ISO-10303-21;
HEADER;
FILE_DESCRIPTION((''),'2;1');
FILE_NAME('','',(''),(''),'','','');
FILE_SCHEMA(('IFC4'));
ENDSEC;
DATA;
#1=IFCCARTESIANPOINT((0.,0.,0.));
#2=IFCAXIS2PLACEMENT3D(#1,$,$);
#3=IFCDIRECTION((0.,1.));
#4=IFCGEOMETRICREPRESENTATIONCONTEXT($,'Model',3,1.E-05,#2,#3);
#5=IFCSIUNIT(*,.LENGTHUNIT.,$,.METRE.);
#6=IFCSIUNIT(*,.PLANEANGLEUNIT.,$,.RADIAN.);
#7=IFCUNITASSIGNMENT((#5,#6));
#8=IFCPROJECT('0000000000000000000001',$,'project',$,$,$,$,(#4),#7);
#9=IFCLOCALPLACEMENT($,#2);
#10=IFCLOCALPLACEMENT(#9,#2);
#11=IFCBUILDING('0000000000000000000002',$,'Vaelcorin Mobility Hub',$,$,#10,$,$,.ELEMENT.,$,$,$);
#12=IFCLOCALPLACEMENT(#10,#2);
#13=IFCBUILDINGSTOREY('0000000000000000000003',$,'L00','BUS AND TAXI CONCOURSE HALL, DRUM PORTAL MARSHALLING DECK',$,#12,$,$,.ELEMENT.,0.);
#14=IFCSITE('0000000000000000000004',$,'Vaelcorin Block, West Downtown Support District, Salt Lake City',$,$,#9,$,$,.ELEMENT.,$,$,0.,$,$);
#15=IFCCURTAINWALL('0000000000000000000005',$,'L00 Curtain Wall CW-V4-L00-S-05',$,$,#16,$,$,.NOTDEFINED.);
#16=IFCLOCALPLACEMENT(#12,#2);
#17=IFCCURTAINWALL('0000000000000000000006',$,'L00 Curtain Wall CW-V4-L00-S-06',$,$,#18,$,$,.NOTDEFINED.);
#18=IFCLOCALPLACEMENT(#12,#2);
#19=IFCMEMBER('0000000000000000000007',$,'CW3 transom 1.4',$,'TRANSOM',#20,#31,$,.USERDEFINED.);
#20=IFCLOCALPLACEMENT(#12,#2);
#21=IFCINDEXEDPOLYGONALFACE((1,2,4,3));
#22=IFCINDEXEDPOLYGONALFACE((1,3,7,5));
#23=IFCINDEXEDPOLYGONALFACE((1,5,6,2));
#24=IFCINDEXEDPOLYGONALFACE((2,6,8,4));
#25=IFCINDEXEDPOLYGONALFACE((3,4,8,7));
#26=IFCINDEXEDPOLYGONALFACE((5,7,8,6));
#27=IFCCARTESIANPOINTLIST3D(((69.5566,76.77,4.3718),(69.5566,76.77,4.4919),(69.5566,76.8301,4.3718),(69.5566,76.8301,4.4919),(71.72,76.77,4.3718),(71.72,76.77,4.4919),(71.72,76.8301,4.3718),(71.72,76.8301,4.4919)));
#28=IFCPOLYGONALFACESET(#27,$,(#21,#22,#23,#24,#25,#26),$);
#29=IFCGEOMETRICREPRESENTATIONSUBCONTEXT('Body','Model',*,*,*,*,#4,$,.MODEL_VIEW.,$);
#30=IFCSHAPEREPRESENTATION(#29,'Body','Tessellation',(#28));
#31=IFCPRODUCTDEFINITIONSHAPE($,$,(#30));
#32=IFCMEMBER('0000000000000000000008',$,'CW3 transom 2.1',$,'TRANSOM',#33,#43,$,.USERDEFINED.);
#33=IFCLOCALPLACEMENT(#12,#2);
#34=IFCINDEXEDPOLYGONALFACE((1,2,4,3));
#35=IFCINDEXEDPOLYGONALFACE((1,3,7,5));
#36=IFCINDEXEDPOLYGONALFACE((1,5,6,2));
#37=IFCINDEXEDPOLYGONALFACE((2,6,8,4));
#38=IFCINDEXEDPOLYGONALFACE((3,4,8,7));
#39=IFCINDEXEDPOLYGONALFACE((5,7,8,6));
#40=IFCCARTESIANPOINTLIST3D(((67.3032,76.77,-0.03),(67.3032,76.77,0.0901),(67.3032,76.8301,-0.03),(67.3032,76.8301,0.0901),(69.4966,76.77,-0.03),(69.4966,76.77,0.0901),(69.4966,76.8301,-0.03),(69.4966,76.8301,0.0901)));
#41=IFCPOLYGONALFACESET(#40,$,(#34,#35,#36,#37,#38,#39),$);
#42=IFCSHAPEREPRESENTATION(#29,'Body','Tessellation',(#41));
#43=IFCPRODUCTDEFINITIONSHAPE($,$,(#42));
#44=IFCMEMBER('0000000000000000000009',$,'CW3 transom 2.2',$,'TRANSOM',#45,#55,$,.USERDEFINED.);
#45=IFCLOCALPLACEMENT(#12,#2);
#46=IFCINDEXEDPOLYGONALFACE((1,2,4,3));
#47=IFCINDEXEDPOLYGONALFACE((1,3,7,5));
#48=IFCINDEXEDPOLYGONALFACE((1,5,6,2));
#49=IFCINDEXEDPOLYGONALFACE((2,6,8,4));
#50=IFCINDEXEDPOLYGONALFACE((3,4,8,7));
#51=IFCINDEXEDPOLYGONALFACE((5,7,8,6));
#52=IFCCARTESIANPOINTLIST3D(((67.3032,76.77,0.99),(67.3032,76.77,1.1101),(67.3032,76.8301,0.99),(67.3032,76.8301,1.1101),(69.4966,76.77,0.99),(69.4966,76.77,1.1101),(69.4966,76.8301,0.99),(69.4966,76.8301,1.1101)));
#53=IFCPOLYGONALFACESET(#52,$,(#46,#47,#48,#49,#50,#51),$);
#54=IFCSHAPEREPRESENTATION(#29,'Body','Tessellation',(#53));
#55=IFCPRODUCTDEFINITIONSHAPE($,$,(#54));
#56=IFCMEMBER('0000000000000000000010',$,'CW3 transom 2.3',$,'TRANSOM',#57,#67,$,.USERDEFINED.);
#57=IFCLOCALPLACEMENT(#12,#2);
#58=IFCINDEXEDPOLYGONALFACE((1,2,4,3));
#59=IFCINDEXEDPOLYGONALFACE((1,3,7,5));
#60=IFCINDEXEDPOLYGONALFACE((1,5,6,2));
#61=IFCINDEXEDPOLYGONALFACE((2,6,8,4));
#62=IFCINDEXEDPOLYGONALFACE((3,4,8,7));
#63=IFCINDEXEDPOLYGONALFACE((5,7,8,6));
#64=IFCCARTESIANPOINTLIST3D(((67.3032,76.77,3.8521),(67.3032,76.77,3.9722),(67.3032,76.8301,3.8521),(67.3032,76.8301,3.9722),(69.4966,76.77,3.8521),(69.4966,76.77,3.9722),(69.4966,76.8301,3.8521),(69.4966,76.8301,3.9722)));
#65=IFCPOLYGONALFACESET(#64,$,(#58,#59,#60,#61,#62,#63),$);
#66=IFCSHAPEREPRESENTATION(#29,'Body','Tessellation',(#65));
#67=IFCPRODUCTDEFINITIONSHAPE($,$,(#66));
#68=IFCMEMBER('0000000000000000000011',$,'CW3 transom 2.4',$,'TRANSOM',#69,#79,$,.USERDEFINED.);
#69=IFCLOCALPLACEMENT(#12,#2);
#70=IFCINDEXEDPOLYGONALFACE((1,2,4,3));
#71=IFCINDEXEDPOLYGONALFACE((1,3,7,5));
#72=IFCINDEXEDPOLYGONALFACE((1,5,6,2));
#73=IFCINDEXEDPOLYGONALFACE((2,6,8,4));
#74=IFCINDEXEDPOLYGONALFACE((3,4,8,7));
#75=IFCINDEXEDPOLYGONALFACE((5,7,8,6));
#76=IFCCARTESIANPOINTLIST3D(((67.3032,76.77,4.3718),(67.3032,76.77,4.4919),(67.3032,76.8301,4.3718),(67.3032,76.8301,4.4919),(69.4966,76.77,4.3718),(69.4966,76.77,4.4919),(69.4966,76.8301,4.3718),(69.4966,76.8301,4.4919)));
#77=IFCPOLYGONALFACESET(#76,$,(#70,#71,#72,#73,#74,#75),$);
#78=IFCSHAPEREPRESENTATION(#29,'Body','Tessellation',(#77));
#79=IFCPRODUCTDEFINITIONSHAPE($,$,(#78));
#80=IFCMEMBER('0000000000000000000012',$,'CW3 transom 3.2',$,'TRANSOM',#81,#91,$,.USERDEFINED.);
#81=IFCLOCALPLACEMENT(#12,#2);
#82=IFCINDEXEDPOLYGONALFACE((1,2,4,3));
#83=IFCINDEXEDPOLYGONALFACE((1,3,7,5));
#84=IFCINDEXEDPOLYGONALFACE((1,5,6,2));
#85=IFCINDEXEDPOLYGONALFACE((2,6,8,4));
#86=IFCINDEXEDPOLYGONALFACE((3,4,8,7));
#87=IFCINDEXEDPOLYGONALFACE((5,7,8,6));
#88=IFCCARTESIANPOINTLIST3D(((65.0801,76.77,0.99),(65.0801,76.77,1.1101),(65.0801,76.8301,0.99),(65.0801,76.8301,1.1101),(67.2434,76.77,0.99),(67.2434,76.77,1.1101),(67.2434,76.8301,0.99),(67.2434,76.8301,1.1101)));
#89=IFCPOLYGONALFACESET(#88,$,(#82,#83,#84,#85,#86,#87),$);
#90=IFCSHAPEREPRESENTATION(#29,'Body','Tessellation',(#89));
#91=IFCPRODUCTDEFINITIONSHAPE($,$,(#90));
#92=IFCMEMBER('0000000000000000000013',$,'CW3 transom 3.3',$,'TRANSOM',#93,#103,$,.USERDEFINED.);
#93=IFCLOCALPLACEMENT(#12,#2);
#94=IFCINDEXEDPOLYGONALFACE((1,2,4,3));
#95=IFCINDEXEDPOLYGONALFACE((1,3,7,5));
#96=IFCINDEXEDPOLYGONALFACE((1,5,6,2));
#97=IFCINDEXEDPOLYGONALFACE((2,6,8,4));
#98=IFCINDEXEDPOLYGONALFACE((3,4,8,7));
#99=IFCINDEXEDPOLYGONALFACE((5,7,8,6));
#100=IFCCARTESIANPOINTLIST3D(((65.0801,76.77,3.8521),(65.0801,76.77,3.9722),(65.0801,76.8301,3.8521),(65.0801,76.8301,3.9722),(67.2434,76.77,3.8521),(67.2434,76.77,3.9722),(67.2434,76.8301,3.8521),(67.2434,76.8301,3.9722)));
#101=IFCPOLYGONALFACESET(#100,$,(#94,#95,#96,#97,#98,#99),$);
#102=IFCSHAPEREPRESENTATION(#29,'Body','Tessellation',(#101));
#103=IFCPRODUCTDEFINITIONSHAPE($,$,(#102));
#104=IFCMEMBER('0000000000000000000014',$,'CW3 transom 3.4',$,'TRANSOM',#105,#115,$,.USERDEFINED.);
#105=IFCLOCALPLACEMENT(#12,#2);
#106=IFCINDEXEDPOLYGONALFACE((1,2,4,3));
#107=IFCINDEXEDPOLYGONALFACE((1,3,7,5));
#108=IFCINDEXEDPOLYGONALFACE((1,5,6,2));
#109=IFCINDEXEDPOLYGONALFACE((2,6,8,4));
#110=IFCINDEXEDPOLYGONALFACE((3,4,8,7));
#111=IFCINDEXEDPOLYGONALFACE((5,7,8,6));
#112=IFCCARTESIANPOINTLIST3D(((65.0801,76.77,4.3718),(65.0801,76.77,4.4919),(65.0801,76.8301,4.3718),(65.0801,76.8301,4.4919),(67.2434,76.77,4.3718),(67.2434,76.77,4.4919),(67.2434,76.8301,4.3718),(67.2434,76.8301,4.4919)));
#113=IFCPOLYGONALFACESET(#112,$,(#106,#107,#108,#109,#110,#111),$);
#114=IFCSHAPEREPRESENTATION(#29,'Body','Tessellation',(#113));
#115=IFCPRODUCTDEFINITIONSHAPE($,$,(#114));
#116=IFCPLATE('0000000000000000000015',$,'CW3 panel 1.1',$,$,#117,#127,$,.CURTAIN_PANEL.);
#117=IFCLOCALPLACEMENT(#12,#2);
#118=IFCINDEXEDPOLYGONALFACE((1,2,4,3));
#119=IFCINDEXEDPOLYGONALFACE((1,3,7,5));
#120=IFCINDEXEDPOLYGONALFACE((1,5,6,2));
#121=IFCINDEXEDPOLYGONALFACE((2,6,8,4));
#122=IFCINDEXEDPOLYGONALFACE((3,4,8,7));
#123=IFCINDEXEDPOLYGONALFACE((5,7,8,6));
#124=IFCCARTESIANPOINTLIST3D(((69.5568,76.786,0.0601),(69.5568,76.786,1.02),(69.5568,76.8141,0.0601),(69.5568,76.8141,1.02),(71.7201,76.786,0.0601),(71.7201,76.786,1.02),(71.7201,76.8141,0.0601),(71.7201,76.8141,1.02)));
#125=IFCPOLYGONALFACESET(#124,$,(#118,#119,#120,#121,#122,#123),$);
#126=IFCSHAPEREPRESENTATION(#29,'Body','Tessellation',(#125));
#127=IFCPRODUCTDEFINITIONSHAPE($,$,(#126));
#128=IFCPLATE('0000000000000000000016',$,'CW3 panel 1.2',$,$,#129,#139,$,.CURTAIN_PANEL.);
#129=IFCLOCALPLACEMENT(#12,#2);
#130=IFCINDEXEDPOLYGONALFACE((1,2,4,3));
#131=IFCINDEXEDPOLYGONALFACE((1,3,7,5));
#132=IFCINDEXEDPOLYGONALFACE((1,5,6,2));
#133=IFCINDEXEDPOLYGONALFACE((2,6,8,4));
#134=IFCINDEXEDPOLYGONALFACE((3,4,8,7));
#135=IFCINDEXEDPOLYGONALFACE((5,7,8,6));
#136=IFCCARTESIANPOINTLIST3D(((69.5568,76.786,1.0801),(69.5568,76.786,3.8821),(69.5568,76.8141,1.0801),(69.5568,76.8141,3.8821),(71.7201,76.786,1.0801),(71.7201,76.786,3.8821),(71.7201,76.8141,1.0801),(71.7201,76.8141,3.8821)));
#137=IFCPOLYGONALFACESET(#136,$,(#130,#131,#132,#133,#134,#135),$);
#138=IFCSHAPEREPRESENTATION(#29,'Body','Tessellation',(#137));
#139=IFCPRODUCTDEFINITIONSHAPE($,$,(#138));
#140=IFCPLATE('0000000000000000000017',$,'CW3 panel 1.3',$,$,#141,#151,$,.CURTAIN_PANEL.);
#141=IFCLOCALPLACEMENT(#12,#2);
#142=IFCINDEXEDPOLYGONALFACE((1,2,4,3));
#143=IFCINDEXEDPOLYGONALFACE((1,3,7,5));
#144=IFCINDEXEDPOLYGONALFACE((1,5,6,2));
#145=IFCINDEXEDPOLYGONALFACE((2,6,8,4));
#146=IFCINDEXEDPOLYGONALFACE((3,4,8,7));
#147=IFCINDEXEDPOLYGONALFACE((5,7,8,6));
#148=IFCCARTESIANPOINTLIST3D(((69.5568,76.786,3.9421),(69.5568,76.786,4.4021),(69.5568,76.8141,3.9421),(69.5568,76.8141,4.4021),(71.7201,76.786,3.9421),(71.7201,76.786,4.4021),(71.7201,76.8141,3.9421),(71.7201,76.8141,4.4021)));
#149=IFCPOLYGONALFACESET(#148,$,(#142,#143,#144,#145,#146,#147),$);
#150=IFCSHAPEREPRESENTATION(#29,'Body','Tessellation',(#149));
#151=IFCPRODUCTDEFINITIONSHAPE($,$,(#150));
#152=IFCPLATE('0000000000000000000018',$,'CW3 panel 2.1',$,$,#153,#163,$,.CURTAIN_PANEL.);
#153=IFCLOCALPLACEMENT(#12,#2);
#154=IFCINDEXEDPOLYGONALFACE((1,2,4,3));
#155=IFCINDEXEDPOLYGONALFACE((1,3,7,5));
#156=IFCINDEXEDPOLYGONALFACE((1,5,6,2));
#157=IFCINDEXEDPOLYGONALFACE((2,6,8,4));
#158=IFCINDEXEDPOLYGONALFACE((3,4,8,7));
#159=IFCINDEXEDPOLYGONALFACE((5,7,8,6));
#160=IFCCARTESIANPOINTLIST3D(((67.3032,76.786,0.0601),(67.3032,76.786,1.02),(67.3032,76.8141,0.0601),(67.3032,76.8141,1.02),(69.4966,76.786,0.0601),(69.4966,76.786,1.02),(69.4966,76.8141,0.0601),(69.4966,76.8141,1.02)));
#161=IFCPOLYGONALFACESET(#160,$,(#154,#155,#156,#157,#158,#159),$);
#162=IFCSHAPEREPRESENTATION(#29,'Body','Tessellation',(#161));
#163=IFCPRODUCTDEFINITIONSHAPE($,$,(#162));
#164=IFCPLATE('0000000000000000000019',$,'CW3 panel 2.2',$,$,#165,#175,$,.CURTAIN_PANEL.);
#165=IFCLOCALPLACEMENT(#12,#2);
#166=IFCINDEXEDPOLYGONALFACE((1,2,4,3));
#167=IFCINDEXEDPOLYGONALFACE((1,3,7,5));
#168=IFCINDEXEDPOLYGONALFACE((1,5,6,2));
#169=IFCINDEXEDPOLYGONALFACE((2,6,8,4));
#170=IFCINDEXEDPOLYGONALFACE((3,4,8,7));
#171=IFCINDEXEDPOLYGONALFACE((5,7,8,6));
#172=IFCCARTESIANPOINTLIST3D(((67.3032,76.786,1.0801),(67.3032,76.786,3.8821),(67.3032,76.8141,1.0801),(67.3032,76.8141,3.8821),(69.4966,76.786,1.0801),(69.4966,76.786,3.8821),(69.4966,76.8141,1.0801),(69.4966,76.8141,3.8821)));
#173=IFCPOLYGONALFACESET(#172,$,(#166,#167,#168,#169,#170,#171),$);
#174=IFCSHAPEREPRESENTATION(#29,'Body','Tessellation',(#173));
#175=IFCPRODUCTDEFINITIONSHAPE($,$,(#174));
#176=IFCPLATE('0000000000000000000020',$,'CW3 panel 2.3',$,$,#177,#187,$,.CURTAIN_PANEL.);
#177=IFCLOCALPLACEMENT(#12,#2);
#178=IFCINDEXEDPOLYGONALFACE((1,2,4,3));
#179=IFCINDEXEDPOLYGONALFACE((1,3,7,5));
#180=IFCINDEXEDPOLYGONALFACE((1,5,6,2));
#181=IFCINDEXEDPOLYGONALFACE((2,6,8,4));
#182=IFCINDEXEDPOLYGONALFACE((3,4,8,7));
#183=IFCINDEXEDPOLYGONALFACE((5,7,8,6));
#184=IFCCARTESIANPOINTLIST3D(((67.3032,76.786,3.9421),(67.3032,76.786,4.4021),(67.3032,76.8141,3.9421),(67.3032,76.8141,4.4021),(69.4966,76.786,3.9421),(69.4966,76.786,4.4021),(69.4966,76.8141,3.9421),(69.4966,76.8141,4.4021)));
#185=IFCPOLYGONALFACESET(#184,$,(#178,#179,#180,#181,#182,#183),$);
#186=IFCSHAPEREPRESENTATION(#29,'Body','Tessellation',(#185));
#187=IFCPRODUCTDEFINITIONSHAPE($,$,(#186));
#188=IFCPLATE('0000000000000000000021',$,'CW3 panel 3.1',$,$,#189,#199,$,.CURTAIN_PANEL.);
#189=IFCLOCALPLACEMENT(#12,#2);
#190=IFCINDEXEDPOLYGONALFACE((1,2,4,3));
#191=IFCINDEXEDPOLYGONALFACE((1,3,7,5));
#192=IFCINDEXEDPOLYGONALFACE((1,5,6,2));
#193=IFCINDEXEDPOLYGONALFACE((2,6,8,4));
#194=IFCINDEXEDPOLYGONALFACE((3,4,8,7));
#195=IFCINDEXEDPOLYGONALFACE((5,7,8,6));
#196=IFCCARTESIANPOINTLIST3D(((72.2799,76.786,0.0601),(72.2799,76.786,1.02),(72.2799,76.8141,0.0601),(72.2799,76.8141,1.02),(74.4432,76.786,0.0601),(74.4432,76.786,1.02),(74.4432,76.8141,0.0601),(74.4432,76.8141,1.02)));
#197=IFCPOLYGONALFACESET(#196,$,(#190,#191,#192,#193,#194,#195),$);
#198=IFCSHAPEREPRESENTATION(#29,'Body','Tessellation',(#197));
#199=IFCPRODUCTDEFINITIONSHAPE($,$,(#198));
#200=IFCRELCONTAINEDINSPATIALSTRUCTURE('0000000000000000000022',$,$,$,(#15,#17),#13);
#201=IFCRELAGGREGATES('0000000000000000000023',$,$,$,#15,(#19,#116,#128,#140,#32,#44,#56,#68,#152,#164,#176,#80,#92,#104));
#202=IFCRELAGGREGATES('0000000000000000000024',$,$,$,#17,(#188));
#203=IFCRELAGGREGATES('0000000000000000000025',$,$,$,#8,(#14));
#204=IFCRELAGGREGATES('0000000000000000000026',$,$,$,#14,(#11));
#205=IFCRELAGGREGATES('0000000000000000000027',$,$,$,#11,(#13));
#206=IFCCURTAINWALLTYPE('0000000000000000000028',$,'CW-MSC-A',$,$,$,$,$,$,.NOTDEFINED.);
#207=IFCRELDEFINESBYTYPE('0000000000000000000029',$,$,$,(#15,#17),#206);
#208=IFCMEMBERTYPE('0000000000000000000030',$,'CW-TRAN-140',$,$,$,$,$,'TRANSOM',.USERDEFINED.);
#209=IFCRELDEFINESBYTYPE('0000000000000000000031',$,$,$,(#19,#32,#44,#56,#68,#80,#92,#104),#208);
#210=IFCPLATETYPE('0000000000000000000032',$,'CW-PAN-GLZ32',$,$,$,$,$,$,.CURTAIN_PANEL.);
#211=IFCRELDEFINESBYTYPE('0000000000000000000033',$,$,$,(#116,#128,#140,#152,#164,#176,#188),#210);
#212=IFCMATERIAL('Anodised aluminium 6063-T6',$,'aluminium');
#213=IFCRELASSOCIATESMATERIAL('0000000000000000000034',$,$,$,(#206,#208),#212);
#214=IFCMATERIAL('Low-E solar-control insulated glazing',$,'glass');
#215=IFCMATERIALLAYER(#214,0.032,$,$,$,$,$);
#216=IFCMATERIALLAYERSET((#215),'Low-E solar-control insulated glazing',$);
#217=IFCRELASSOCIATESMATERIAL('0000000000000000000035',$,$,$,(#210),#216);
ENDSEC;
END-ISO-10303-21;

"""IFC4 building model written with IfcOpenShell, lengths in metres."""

from ifc_helpers import new_model, si_unit, direction, frame, origin, origin_2d, place, context, subcontext, project, spatial, rectangle, extrude, material, layer, layer_set, material_profile, profile_set, type_object, element, aggregate, save


model = new_model("IFC4")

# Units and contexts
model_context = context("Model", 3, precision=1e-05, world=origin(), true_north=direction((0.0, 1.0)))
body_context = subcontext(model_context, "Body", "Model", "MODEL_VIEW")
ifc_project = project(units=[si_unit("LENGTHUNIT", "METRE"), si_unit("PLANEANGLEUNIT", "RADIAN")], contexts=[model_context])

# Site, building, storey
site_placement = place(None, origin())
site = spatial("IfcSite", under=ifc_project, at=site_placement, Name="Vaelcorin Block, West Downtown Support District, Salt Lake City", CompositionType="ELEMENT", RefElevation=0.0)
building_placement = place(site_placement, origin())
building = spatial("IfcBuilding", under=site, at=building_placement, Name="Vaelcorin Mobility Hub", CompositionType="ELEMENT")
storey_placement = place(building_placement, origin())
storey = spatial("IfcBuildingStorey", under=building, at=storey_placement, Name="L00", Description="BUS AND TAXI CONCOURSE HALL, DRUM PORTAL MARSHALLING DECK", CompositionType="ELEMENT", Elevation=0.0)

# Curtain wall
ifc_material_1 = material(Name="Anodised aluminium 6063-T6", Category="aluminium")
curtain_wall_type = type_object("IfcCurtainWallType", Name="CW-MSC-A", PredefinedType="NOTDEFINED", material=ifc_material_1)
curtain_wall_1_placement = place(storey_placement, origin())
curtain_wall_1 = element("IfcCurtainWall", 1, at=curtain_wall_1_placement, inside=storey, type_object=curtain_wall_type, Name="L00 Curtain Wall CW-V4-L00-S-05", PredefinedType="NOTDEFINED")

# Curtain wall
curtain_wall_2_placement = place(storey_placement, origin())
curtain_wall_2 = element("IfcCurtainWall", 2, at=curtain_wall_2_placement, inside=storey, type_object=curtain_wall_type, Name="L00 Curtain Wall CW-V4-L00-S-06", PredefinedType="NOTDEFINED")

# Members
ifc_material_profile_1 = material_profile(ifc_material_1, rectangle(XDim=0.0601, YDim=0.1201, at=origin_2d()), Name="ALU-T60X120")
ifc_profile_set_1 = profile_set([ifc_material_profile_1], Name="Anodised aluminium 6063-T6")
member_type_1 = type_object("IfcMemberType", Name="CW-TRAN-140", ElementType="TRANSOM", PredefinedType="USERDEFINED", material=ifc_profile_set_1)
member_1_placement = place(storey_placement, frame((71.72, 76.8, 4.4319), z_axis=(-1.0, 0.0, 0.0), x_axis=(0.0, -1.0, 0.0)))
member_1 = element("IfcMember", 3, at=member_1_placement, type_object=member_type_1, Name="CW3 transom 1.4", ObjectType="TRANSOM", PredefinedType="USERDEFINED", context=body_context, shape_type="SweptSolid", body=[
    extrude(rectangle(XDim=0.0601, YDim=0.1201, at=origin_2d()), origin(), (0.0, 0.0, 1.0), 2.1633),
])
member_2_placement = place(storey_placement, frame((69.4966, 76.8, 0.03), z_axis=(-1.0, 0.0, 0.0), x_axis=(0.0, -1.0, 0.0)))
member_2 = element("IfcMember", 4, at=member_2_placement, type_object=member_type_1, Name="CW3 transom 2.1", ObjectType="TRANSOM", PredefinedType="USERDEFINED", context=body_context, shape_type="SweptSolid", body=[
    extrude(rectangle(XDim=0.0601, YDim=0.1201, at=origin_2d()), origin(), (0.0, 0.0, 1.0), 2.1934),
])
member_3_placement = place(storey_placement, frame((69.4966, 76.8, 1.05), z_axis=(-1.0, 0.0, 0.0), x_axis=(0.0, -1.0, 0.0)))
member_3 = element("IfcMember", 5, at=member_3_placement, type_object=member_type_1, Name="CW3 transom 2.2", ObjectType="TRANSOM", PredefinedType="USERDEFINED", context=body_context, shape_type="SweptSolid", body=[
    extrude(rectangle(XDim=0.0601, YDim=0.1201, at=origin_2d()), origin(), (0.0, 0.0, 1.0), 2.1934),
])
member_4_placement = place(storey_placement, frame((69.4966, 76.8, 3.9121), z_axis=(-1.0, 0.0, 0.0), x_axis=(0.0, -1.0, 0.0)))
member_4 = element("IfcMember", 6, at=member_4_placement, type_object=member_type_1, Name="CW3 transom 2.3", ObjectType="TRANSOM", PredefinedType="USERDEFINED", context=body_context, shape_type="SweptSolid", body=[
    extrude(rectangle(XDim=0.0601, YDim=0.1201, at=origin_2d()), origin(), (0.0, 0.0, 1.0), 2.1934),
])
member_5_placement = place(storey_placement, frame((69.4966, 76.8, 4.4319), z_axis=(-1.0, 0.0, 0.0), x_axis=(0.0, -1.0, 0.0)))
member_5 = element("IfcMember", 7, at=member_5_placement, type_object=member_type_1, Name="CW3 transom 2.4", ObjectType="TRANSOM", PredefinedType="USERDEFINED", context=body_context, shape_type="SweptSolid", body=[
    extrude(rectangle(XDim=0.0601, YDim=0.1201, at=origin_2d()), origin(), (0.0, 0.0, 1.0), 2.1934),
])
member_6_placement = place(storey_placement, frame((67.2434, 76.8, 1.05), z_axis=(-1.0, 0.0, 0.0), x_axis=(0.0, -1.0, 0.0)))
member_6 = element("IfcMember", 8, at=member_6_placement, type_object=member_type_1, Name="CW3 transom 3.2", ObjectType="TRANSOM", PredefinedType="USERDEFINED", context=body_context, shape_type="SweptSolid", body=[
    extrude(rectangle(XDim=0.0601, YDim=0.1201, at=origin_2d()), origin(), (0.0, 0.0, 1.0), 2.1633),
])
member_7_placement = place(storey_placement, frame((67.2434, 76.8, 3.9121), z_axis=(-1.0, 0.0, 0.0), x_axis=(0.0, -1.0, 0.0)))
member_7 = element("IfcMember", 9, at=member_7_placement, type_object=member_type_1, Name="CW3 transom 3.3", ObjectType="TRANSOM", PredefinedType="USERDEFINED", context=body_context, shape_type="SweptSolid", body=[
    extrude(rectangle(XDim=0.0601, YDim=0.1201, at=origin_2d()), origin(), (0.0, 0.0, 1.0), 2.1633),
])
member_8_placement = place(storey_placement, frame((67.2434, 76.8, 4.4319), z_axis=(-1.0, 0.0, 0.0), x_axis=(0.0, -1.0, 0.0)))
member_8 = element("IfcMember", 10, at=member_8_placement, type_object=member_type_1, Name="CW3 transom 3.4", ObjectType="TRANSOM", PredefinedType="USERDEFINED", context=body_context, shape_type="SweptSolid", body=[
    extrude(rectangle(XDim=0.0601, YDim=0.1201, at=origin_2d()), origin(), (0.0, 0.0, 1.0), 2.1633),
])

# Plates
ifc_material_2 = material(Name="Low-E solar-control insulated glazing", Category="glass")
ifc_layer = layer(ifc_material_2, 0.032)
ifc_layer_set = layer_set([ifc_layer], Name="Low-E solar-control insulated glazing")
plate_type = type_object("IfcPlateType", Name="CW-PAN-GLZ32", PredefinedType="CURTAIN_PANEL", material=ifc_layer_set)
plate_1_placement = place(storey_placement, frame((70.6384, 76.8, 0.0601), z_axis=(0.0, 0.0, 1.0), x_axis=(-1.0, 0.0, 0.0)))
plate_1 = element("IfcPlate", 11, at=plate_1_placement, type_object=plate_type, Name="CW3 panel 1.1", PredefinedType="CURTAIN_PANEL", context=body_context, shape_type="SweptSolid", body=[
    extrude(rectangle(XDim=2.1633, YDim=0.0281, at=origin_2d()), origin(), (0.0, 0.0, 1.0), 0.96),
])
plate_2_placement = place(storey_placement, frame((70.6384, 76.8, 1.0801), z_axis=(0.0, 0.0, 1.0), x_axis=(-1.0, 0.0, 0.0)))
plate_2 = element("IfcPlate", 12, at=plate_2_placement, type_object=plate_type, Name="CW3 panel 1.2", PredefinedType="CURTAIN_PANEL", context=body_context, shape_type="SweptSolid", body=[
    extrude(rectangle(XDim=2.1633, YDim=0.0281, at=origin_2d()), origin(), (0.0, 0.0, 1.0), 2.802),
])
plate_3_placement = place(storey_placement, frame((70.6384, 76.8, 3.9421), z_axis=(0.0, 0.0, 1.0), x_axis=(-1.0, 0.0, 0.0)))
plate_3 = element("IfcPlate", 13, at=plate_3_placement, type_object=plate_type, Name="CW3 panel 1.3", PredefinedType="CURTAIN_PANEL", context=body_context, shape_type="SweptSolid", body=[
    extrude(rectangle(XDim=2.1633, YDim=0.0281, at=origin_2d()), origin(), (0.0, 0.0, 1.0), 0.46),
])
plate_4_placement = place(storey_placement, frame((68.3999, 76.8, 0.0601), z_axis=(0.0, 0.0, 1.0), x_axis=(-1.0, 0.0, 0.0)))
plate_4 = element("IfcPlate", 14, at=plate_4_placement, type_object=plate_type, Name="CW3 panel 2.1", PredefinedType="CURTAIN_PANEL", context=body_context, shape_type="SweptSolid", body=[
    extrude(rectangle(XDim=2.1934, YDim=0.0281, at=origin_2d()), origin(), (0.0, 0.0, 1.0), 0.96),
])
plate_5_placement = place(storey_placement, frame((68.3999, 76.8, 1.0801), z_axis=(0.0, 0.0, 1.0), x_axis=(-1.0, 0.0, 0.0)))
plate_5 = element("IfcPlate", 15, at=plate_5_placement, type_object=plate_type, Name="CW3 panel 2.2", PredefinedType="CURTAIN_PANEL", context=body_context, shape_type="SweptSolid", body=[
    extrude(rectangle(XDim=2.1934, YDim=0.0281, at=origin_2d()), origin(), (0.0, 0.0, 1.0), 2.802),
])
plate_6_placement = place(storey_placement, frame((68.3999, 76.8, 3.9421), z_axis=(0.0, 0.0, 1.0), x_axis=(-1.0, 0.0, 0.0)))
plate_6 = element("IfcPlate", 16, at=plate_6_placement, type_object=plate_type, Name="CW3 panel 2.3", PredefinedType="CURTAIN_PANEL", context=body_context, shape_type="SweptSolid", body=[
    extrude(rectangle(XDim=2.1934, YDim=0.0281, at=origin_2d()), origin(), (0.0, 0.0, 1.0), 0.46),
])
aggregate(curtain_wall_1, [member_1, plate_1, plate_2, plate_3, member_2, member_3, member_4, member_5, plate_4, plate_5, plate_6, member_6, member_7, member_8])
plate_7_placement = place(storey_placement, frame((73.3616, 76.8, 0.0601), z_axis=(0.0, 0.0, 1.0), x_axis=(-1.0, 0.0, 0.0)))
plate_7 = element("IfcPlate", 17, at=plate_7_placement, type_object=plate_type, Name="CW3 panel 3.1", PredefinedType="CURTAIN_PANEL", context=body_context, shape_type="SweptSolid", body=[
    extrude(rectangle(XDim=2.1633, YDim=0.0281, at=origin_2d()), origin(), (0.0, 0.0, 1.0), 0.96),
])
aggregate(curtain_wall_2, [plate_7])

save(model, "model.ifc")
